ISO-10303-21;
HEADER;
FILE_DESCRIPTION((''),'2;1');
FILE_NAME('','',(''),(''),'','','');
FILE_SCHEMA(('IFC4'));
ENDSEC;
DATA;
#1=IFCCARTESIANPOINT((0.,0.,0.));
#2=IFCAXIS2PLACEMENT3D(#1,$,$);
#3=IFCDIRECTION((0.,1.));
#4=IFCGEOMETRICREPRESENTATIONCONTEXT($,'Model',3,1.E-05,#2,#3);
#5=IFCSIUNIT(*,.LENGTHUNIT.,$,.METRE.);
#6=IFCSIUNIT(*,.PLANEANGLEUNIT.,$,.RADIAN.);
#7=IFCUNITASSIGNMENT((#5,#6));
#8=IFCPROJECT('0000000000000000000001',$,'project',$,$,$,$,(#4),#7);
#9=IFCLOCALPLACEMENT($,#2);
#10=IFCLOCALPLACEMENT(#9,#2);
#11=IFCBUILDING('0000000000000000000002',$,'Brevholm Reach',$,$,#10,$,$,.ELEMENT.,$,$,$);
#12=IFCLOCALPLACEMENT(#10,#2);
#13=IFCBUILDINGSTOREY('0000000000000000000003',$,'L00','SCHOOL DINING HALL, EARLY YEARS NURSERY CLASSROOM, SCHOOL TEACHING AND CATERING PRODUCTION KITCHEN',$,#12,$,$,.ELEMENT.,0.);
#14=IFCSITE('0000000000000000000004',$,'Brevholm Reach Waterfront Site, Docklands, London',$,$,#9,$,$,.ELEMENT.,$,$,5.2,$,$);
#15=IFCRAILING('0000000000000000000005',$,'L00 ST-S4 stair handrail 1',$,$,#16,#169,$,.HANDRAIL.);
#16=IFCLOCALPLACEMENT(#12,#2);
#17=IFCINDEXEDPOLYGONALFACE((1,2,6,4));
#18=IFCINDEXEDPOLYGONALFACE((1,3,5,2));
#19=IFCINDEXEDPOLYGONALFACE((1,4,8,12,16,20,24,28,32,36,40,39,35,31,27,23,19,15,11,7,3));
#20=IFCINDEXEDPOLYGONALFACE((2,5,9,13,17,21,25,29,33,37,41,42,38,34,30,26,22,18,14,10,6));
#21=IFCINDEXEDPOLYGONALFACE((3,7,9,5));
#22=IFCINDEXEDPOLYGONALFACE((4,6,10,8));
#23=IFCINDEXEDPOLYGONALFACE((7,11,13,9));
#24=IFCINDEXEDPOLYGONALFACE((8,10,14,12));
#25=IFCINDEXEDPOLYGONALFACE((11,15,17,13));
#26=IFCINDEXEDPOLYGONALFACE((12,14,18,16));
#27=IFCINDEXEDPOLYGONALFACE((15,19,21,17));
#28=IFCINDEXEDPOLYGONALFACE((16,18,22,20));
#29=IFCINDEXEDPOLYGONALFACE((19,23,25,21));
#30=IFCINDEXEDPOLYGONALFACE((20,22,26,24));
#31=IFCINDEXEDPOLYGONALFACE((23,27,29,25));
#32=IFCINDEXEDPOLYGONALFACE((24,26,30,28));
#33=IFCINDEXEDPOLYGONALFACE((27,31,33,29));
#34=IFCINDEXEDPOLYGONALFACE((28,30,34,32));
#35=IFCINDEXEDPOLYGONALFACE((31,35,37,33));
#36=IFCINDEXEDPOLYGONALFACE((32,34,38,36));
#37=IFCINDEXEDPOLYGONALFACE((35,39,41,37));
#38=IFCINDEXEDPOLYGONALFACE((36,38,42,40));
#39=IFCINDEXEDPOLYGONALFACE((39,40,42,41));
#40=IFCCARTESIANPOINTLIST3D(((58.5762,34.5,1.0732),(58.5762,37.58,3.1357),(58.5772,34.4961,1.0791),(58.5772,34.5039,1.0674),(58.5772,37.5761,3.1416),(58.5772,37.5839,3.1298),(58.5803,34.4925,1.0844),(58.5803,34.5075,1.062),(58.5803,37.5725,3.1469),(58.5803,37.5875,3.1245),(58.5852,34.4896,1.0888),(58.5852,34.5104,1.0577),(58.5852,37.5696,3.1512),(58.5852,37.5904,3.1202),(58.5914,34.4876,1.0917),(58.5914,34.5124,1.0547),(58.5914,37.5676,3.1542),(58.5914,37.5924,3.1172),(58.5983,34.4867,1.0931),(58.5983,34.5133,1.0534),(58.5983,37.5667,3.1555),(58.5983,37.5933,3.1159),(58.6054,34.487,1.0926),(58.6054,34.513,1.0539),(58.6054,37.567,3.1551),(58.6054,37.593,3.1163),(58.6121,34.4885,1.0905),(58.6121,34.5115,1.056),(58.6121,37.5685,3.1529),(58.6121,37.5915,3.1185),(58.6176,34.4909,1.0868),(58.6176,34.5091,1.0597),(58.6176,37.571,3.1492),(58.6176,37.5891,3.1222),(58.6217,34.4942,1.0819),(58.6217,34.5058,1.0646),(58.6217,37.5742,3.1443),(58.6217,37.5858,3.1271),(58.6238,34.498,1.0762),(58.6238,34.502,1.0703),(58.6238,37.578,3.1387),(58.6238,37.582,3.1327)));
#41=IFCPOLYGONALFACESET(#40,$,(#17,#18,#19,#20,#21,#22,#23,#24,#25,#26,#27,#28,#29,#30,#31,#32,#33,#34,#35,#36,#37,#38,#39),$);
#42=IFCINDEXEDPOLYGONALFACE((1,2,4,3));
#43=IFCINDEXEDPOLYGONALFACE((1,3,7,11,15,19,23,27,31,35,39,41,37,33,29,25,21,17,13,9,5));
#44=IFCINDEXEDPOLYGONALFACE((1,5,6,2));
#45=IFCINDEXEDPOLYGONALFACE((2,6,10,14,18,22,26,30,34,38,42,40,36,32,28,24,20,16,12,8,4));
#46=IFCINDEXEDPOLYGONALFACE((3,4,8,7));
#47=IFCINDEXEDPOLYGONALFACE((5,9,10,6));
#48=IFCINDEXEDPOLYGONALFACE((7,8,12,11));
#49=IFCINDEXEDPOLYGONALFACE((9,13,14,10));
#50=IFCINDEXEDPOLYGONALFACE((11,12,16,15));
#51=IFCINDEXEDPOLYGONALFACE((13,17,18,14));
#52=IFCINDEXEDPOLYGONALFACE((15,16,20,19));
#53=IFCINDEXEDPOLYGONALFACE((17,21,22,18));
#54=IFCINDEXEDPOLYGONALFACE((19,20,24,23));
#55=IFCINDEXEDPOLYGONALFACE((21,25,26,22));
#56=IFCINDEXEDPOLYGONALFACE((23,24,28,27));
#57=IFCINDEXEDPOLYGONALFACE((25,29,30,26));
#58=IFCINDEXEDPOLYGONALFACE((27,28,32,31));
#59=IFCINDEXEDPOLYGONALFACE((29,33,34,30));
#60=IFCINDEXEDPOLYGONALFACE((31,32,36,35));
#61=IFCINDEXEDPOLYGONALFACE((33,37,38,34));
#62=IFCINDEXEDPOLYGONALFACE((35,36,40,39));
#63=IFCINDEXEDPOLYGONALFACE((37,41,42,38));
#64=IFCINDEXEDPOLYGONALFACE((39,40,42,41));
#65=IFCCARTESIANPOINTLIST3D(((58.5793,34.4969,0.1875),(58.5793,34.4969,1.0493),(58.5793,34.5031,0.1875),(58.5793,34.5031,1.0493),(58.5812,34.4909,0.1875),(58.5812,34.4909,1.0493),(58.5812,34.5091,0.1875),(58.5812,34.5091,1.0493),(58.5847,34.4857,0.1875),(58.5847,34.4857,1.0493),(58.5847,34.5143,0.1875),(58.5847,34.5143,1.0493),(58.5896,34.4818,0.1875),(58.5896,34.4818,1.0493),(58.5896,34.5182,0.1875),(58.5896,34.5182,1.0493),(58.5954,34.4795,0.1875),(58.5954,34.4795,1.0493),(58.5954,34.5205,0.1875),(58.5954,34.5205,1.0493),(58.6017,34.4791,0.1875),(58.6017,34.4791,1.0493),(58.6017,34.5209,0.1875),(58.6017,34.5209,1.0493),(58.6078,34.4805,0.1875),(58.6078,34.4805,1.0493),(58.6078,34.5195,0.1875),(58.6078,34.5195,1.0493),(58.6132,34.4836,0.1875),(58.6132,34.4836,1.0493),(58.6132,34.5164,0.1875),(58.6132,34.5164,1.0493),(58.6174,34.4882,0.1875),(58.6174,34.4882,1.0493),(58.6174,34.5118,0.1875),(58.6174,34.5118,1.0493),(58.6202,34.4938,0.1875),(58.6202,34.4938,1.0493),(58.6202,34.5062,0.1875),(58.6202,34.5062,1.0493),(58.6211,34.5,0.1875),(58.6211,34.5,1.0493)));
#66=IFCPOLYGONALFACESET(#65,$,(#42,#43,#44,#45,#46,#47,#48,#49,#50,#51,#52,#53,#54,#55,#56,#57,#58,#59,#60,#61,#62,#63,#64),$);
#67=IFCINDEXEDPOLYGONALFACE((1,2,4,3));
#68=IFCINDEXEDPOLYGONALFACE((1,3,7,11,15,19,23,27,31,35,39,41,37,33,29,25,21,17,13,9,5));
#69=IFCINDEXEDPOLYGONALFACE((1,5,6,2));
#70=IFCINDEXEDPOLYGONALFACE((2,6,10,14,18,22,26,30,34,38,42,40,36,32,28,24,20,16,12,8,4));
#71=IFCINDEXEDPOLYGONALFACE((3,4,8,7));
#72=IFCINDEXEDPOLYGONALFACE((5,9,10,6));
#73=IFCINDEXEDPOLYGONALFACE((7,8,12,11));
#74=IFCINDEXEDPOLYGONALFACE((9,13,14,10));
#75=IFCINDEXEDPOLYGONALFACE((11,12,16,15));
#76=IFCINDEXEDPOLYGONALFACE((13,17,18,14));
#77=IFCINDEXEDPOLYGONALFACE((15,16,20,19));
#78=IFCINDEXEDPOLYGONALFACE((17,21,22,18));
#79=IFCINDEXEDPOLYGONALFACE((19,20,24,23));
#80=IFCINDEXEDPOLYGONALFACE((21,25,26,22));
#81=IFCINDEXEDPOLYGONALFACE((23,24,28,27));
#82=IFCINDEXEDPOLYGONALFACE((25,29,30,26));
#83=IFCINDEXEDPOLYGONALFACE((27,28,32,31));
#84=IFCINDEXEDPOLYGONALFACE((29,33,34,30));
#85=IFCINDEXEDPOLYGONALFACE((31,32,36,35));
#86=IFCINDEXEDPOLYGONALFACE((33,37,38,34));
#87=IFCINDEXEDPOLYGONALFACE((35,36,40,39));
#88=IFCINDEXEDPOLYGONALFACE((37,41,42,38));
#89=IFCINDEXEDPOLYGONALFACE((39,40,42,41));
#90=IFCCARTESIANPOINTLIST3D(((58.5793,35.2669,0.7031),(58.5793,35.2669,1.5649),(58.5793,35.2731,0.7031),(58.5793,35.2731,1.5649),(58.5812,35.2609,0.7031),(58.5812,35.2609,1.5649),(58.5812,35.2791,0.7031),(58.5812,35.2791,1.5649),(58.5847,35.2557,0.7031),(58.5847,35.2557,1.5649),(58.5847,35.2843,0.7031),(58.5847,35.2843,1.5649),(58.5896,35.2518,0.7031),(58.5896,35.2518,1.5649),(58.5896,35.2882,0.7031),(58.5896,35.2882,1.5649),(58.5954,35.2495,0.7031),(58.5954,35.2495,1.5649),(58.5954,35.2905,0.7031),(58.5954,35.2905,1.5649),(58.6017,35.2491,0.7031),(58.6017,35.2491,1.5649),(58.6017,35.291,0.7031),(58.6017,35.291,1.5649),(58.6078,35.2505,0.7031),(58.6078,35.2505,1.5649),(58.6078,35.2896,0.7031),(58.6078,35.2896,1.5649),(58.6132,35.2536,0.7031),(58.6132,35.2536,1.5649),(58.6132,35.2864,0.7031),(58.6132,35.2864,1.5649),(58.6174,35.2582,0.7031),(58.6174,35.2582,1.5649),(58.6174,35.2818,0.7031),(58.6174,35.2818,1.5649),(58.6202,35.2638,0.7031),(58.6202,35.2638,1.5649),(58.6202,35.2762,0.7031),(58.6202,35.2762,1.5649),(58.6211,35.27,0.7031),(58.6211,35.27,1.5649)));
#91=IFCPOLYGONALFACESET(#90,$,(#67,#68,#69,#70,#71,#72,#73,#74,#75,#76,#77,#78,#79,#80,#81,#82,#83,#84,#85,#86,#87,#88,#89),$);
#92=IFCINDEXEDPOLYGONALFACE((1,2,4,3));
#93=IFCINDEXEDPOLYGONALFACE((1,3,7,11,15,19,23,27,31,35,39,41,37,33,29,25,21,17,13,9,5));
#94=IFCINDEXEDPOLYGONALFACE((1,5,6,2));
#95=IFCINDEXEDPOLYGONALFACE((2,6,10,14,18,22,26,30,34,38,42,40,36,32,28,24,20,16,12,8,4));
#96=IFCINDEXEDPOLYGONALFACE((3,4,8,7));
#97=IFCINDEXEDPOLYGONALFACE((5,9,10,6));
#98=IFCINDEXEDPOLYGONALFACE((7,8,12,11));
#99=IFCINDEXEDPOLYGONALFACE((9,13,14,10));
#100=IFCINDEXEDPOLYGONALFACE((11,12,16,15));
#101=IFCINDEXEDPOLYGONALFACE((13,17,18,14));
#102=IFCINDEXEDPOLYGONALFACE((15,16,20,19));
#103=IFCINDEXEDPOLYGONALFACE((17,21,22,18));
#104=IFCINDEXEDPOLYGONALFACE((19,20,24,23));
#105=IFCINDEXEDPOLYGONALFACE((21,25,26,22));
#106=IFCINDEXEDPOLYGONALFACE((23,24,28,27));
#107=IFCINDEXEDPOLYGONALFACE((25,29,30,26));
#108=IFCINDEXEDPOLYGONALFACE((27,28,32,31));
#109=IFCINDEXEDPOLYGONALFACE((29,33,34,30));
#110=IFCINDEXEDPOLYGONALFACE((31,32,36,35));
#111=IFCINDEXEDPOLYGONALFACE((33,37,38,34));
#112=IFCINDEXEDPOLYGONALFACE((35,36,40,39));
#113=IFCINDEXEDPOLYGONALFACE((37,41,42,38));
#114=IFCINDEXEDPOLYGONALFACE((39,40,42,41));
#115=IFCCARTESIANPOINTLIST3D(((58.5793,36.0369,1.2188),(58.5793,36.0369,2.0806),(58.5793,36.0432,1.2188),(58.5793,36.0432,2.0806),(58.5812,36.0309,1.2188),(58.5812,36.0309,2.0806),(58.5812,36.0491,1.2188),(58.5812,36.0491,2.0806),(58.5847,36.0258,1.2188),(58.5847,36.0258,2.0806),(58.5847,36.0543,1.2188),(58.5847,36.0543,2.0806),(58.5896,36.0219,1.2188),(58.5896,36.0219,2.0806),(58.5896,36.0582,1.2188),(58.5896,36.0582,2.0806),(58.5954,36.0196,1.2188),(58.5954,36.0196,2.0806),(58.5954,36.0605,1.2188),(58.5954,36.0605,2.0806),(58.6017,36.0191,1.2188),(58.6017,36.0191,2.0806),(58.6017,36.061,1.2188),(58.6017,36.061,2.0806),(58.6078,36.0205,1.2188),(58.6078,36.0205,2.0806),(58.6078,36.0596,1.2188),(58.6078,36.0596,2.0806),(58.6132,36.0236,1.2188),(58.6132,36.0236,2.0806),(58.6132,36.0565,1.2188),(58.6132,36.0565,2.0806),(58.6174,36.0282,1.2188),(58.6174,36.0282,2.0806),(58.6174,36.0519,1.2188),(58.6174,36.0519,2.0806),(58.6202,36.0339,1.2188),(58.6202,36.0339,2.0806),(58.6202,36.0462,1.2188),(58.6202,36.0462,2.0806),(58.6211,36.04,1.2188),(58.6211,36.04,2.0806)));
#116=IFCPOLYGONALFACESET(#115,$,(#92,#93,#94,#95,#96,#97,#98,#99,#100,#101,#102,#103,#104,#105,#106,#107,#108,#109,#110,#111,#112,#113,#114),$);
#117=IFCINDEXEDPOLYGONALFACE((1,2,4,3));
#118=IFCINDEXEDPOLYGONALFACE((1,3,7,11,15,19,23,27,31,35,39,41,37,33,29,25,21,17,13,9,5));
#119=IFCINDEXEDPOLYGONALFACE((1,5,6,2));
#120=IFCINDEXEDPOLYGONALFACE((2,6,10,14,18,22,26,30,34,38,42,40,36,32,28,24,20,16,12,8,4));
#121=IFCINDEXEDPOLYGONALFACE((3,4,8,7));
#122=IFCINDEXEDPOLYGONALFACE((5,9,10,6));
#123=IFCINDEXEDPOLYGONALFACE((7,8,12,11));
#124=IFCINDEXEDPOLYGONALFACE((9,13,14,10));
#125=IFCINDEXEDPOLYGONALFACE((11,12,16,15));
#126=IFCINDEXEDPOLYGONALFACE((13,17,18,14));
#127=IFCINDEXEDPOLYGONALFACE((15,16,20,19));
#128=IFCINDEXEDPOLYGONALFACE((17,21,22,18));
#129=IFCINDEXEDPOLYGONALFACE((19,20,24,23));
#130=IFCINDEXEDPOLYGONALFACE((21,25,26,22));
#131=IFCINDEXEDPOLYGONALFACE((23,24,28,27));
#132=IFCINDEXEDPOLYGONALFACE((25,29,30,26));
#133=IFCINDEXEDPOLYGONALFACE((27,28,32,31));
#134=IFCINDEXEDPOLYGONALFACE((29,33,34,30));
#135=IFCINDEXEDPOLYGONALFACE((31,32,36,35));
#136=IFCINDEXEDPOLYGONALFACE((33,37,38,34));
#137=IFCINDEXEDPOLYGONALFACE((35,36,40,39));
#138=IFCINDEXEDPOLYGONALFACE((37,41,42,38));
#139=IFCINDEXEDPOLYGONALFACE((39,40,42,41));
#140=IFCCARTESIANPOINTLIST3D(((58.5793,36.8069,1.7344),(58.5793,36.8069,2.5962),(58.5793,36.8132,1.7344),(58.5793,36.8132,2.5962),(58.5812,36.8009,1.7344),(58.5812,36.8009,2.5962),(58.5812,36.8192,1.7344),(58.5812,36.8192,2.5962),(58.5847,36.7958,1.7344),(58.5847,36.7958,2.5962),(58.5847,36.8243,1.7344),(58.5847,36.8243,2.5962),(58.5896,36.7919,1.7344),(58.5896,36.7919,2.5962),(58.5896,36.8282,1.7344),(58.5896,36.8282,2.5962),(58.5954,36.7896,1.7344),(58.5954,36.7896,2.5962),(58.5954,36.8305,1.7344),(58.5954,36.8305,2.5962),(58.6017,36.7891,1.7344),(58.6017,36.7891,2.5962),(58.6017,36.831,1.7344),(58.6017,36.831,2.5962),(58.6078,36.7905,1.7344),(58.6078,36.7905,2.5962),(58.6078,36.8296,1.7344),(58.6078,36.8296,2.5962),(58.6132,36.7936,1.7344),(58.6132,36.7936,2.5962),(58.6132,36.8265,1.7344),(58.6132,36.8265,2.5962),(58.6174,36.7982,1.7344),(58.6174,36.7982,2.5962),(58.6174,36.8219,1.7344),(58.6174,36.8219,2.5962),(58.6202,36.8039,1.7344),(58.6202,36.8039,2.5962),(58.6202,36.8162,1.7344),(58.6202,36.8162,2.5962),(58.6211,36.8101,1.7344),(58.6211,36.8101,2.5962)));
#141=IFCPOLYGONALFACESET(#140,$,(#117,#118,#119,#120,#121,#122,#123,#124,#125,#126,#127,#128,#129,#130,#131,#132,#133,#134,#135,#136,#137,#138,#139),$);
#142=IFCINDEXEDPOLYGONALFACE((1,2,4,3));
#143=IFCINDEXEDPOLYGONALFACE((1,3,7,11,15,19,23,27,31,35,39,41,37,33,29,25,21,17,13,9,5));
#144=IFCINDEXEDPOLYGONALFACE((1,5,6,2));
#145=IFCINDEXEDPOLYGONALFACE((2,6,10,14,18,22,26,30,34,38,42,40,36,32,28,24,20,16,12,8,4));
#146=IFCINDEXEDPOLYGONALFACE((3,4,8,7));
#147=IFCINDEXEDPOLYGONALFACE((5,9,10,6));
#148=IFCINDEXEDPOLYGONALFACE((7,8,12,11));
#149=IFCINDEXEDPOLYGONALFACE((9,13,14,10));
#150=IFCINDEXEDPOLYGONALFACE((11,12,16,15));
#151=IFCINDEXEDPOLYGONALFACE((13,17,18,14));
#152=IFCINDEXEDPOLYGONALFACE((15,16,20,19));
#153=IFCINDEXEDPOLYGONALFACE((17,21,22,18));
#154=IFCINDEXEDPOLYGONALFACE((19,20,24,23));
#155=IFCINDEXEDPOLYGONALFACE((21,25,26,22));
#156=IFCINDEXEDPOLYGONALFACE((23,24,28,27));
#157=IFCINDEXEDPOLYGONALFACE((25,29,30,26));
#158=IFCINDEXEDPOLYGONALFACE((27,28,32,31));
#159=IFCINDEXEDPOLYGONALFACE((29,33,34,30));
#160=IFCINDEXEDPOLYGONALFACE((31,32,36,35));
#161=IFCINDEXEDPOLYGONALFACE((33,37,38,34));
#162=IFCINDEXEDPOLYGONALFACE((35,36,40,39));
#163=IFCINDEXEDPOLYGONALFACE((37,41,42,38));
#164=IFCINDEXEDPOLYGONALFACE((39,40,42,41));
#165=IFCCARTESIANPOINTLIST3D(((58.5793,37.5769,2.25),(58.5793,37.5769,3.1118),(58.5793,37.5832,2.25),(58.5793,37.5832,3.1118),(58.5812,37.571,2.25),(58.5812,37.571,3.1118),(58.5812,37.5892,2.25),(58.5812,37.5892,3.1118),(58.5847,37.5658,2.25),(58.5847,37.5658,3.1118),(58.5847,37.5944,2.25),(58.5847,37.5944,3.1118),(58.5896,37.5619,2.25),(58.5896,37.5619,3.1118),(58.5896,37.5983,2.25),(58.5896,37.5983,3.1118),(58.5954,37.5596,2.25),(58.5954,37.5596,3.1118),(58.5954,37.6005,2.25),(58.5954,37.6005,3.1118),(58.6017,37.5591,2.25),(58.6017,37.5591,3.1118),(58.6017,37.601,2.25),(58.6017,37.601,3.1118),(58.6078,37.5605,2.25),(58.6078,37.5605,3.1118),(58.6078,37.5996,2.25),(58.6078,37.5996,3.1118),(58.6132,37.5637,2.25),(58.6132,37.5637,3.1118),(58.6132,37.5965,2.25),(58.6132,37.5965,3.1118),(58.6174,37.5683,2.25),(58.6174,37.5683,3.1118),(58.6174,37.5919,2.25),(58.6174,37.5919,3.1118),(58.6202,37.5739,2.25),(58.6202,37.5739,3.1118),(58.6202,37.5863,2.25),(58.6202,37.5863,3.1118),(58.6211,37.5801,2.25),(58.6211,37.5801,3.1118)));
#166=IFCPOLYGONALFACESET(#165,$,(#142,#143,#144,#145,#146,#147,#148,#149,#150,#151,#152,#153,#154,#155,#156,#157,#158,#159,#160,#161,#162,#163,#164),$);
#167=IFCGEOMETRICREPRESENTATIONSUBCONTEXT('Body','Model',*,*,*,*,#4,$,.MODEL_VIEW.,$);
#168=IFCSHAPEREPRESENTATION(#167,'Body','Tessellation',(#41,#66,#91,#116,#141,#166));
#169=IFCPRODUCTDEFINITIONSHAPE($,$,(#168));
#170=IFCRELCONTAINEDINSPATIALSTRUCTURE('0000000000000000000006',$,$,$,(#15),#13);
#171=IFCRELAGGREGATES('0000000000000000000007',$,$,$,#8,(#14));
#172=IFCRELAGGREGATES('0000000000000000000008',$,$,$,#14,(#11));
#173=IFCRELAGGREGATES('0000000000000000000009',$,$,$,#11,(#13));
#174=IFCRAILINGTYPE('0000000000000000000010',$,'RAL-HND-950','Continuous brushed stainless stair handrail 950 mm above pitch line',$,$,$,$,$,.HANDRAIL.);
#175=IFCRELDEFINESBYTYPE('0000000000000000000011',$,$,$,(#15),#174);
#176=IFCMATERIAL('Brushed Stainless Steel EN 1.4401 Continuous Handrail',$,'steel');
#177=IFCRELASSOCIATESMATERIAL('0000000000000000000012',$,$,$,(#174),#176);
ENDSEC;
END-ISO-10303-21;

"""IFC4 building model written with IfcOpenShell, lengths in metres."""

from ifc_helpers import new_model, si_unit, direction, frame, origin, origin_2d, place, context, subcontext, project, spatial, circle, extrude, material, type_object, element, save


model = new_model("IFC4")

# Units and contexts
model_context = context("Model", 3, precision=1e-05, world=origin(), true_north=direction((0.0, 1.0)))
body_context = subcontext(model_context, "Body", "Model", "MODEL_VIEW")
ifc_project = project(units=[si_unit("LENGTHUNIT", "METRE"), si_unit("PLANEANGLEUNIT", "RADIAN")], contexts=[model_context])

# Site, building, storey
site_placement = place(None, origin())
site = spatial("IfcSite", under=ifc_project, at=site_placement, Name="Brevholm Reach Waterfront Site, Docklands, London", CompositionType="ELEMENT", RefElevation=5.2)
building_placement = place(site_placement, origin())
building = spatial("IfcBuilding", under=site, at=building_placement, Name="Brevholm Reach", CompositionType="ELEMENT")
storey_placement = place(building_placement, origin())
storey = spatial("IfcBuildingStorey", under=building, at=storey_placement, Name="L00", Description="SCHOOL DINING HALL, EARLY YEARS NURSERY CLASSROOM, SCHOOL TEACHING AND CATERING PRODUCTION KITCHEN", CompositionType="ELEMENT", Elevation=0.0)

# Railing
ifc_material_1 = material(Name="Brushed Stainless Steel EN 1.4401 Continuous Handrail", Category="steel")
railing_type = type_object("IfcRailingType", Name="RAL-HND-950", Description="Continuous brushed stainless stair handrail 950 mm above pitch line", PredefinedType="HANDRAIL", material=ifc_material_1)
railing_placement = place(storey_placement, frame((58.6001, 34.5, 0.1875)))
element("IfcRailing", 1, at=railing_placement, inside=storey, type_object=railing_type, Name="L00 ST-S4 stair handrail 1", PredefinedType="HANDRAIL", context=body_context, shape_type="SweptSolid", body=[
    extrude(circle(Radius=0.0239, at=origin_2d()), frame((0.0, 0.0, 0.8857), z_axis=(0.0, 0.830914, 0.556401), x_axis=(-1.0, 0.0, 0.0)), (0.0, 0.0, 1.0), 3.7068),
    extrude(circle(Radius=0.021, at=origin_2d()), origin(), (0.0, 0.0, 1.0), 0.8618),
    extrude(circle(Radius=0.021, at=origin_2d()), frame((0.0, 0.77, 0.5156)), (0.0, 0.0, 1.0), 0.8618),
    extrude(circle(Radius=0.021, at=origin_2d()), frame((0.0, 1.54, 1.0312)), (0.0, 0.0, 1.0), 0.8618),
    extrude(circle(Radius=0.021, at=origin_2d()), frame((0.0, 2.3101, 1.5469)), (0.0, 0.0, 1.0), 0.8618),
    extrude(circle(Radius=0.021, at=origin_2d()), frame((0.0, 3.0801, 2.0625)), (0.0, 0.0, 1.0), 0.8618),
])

save(model, "model.ifc")
